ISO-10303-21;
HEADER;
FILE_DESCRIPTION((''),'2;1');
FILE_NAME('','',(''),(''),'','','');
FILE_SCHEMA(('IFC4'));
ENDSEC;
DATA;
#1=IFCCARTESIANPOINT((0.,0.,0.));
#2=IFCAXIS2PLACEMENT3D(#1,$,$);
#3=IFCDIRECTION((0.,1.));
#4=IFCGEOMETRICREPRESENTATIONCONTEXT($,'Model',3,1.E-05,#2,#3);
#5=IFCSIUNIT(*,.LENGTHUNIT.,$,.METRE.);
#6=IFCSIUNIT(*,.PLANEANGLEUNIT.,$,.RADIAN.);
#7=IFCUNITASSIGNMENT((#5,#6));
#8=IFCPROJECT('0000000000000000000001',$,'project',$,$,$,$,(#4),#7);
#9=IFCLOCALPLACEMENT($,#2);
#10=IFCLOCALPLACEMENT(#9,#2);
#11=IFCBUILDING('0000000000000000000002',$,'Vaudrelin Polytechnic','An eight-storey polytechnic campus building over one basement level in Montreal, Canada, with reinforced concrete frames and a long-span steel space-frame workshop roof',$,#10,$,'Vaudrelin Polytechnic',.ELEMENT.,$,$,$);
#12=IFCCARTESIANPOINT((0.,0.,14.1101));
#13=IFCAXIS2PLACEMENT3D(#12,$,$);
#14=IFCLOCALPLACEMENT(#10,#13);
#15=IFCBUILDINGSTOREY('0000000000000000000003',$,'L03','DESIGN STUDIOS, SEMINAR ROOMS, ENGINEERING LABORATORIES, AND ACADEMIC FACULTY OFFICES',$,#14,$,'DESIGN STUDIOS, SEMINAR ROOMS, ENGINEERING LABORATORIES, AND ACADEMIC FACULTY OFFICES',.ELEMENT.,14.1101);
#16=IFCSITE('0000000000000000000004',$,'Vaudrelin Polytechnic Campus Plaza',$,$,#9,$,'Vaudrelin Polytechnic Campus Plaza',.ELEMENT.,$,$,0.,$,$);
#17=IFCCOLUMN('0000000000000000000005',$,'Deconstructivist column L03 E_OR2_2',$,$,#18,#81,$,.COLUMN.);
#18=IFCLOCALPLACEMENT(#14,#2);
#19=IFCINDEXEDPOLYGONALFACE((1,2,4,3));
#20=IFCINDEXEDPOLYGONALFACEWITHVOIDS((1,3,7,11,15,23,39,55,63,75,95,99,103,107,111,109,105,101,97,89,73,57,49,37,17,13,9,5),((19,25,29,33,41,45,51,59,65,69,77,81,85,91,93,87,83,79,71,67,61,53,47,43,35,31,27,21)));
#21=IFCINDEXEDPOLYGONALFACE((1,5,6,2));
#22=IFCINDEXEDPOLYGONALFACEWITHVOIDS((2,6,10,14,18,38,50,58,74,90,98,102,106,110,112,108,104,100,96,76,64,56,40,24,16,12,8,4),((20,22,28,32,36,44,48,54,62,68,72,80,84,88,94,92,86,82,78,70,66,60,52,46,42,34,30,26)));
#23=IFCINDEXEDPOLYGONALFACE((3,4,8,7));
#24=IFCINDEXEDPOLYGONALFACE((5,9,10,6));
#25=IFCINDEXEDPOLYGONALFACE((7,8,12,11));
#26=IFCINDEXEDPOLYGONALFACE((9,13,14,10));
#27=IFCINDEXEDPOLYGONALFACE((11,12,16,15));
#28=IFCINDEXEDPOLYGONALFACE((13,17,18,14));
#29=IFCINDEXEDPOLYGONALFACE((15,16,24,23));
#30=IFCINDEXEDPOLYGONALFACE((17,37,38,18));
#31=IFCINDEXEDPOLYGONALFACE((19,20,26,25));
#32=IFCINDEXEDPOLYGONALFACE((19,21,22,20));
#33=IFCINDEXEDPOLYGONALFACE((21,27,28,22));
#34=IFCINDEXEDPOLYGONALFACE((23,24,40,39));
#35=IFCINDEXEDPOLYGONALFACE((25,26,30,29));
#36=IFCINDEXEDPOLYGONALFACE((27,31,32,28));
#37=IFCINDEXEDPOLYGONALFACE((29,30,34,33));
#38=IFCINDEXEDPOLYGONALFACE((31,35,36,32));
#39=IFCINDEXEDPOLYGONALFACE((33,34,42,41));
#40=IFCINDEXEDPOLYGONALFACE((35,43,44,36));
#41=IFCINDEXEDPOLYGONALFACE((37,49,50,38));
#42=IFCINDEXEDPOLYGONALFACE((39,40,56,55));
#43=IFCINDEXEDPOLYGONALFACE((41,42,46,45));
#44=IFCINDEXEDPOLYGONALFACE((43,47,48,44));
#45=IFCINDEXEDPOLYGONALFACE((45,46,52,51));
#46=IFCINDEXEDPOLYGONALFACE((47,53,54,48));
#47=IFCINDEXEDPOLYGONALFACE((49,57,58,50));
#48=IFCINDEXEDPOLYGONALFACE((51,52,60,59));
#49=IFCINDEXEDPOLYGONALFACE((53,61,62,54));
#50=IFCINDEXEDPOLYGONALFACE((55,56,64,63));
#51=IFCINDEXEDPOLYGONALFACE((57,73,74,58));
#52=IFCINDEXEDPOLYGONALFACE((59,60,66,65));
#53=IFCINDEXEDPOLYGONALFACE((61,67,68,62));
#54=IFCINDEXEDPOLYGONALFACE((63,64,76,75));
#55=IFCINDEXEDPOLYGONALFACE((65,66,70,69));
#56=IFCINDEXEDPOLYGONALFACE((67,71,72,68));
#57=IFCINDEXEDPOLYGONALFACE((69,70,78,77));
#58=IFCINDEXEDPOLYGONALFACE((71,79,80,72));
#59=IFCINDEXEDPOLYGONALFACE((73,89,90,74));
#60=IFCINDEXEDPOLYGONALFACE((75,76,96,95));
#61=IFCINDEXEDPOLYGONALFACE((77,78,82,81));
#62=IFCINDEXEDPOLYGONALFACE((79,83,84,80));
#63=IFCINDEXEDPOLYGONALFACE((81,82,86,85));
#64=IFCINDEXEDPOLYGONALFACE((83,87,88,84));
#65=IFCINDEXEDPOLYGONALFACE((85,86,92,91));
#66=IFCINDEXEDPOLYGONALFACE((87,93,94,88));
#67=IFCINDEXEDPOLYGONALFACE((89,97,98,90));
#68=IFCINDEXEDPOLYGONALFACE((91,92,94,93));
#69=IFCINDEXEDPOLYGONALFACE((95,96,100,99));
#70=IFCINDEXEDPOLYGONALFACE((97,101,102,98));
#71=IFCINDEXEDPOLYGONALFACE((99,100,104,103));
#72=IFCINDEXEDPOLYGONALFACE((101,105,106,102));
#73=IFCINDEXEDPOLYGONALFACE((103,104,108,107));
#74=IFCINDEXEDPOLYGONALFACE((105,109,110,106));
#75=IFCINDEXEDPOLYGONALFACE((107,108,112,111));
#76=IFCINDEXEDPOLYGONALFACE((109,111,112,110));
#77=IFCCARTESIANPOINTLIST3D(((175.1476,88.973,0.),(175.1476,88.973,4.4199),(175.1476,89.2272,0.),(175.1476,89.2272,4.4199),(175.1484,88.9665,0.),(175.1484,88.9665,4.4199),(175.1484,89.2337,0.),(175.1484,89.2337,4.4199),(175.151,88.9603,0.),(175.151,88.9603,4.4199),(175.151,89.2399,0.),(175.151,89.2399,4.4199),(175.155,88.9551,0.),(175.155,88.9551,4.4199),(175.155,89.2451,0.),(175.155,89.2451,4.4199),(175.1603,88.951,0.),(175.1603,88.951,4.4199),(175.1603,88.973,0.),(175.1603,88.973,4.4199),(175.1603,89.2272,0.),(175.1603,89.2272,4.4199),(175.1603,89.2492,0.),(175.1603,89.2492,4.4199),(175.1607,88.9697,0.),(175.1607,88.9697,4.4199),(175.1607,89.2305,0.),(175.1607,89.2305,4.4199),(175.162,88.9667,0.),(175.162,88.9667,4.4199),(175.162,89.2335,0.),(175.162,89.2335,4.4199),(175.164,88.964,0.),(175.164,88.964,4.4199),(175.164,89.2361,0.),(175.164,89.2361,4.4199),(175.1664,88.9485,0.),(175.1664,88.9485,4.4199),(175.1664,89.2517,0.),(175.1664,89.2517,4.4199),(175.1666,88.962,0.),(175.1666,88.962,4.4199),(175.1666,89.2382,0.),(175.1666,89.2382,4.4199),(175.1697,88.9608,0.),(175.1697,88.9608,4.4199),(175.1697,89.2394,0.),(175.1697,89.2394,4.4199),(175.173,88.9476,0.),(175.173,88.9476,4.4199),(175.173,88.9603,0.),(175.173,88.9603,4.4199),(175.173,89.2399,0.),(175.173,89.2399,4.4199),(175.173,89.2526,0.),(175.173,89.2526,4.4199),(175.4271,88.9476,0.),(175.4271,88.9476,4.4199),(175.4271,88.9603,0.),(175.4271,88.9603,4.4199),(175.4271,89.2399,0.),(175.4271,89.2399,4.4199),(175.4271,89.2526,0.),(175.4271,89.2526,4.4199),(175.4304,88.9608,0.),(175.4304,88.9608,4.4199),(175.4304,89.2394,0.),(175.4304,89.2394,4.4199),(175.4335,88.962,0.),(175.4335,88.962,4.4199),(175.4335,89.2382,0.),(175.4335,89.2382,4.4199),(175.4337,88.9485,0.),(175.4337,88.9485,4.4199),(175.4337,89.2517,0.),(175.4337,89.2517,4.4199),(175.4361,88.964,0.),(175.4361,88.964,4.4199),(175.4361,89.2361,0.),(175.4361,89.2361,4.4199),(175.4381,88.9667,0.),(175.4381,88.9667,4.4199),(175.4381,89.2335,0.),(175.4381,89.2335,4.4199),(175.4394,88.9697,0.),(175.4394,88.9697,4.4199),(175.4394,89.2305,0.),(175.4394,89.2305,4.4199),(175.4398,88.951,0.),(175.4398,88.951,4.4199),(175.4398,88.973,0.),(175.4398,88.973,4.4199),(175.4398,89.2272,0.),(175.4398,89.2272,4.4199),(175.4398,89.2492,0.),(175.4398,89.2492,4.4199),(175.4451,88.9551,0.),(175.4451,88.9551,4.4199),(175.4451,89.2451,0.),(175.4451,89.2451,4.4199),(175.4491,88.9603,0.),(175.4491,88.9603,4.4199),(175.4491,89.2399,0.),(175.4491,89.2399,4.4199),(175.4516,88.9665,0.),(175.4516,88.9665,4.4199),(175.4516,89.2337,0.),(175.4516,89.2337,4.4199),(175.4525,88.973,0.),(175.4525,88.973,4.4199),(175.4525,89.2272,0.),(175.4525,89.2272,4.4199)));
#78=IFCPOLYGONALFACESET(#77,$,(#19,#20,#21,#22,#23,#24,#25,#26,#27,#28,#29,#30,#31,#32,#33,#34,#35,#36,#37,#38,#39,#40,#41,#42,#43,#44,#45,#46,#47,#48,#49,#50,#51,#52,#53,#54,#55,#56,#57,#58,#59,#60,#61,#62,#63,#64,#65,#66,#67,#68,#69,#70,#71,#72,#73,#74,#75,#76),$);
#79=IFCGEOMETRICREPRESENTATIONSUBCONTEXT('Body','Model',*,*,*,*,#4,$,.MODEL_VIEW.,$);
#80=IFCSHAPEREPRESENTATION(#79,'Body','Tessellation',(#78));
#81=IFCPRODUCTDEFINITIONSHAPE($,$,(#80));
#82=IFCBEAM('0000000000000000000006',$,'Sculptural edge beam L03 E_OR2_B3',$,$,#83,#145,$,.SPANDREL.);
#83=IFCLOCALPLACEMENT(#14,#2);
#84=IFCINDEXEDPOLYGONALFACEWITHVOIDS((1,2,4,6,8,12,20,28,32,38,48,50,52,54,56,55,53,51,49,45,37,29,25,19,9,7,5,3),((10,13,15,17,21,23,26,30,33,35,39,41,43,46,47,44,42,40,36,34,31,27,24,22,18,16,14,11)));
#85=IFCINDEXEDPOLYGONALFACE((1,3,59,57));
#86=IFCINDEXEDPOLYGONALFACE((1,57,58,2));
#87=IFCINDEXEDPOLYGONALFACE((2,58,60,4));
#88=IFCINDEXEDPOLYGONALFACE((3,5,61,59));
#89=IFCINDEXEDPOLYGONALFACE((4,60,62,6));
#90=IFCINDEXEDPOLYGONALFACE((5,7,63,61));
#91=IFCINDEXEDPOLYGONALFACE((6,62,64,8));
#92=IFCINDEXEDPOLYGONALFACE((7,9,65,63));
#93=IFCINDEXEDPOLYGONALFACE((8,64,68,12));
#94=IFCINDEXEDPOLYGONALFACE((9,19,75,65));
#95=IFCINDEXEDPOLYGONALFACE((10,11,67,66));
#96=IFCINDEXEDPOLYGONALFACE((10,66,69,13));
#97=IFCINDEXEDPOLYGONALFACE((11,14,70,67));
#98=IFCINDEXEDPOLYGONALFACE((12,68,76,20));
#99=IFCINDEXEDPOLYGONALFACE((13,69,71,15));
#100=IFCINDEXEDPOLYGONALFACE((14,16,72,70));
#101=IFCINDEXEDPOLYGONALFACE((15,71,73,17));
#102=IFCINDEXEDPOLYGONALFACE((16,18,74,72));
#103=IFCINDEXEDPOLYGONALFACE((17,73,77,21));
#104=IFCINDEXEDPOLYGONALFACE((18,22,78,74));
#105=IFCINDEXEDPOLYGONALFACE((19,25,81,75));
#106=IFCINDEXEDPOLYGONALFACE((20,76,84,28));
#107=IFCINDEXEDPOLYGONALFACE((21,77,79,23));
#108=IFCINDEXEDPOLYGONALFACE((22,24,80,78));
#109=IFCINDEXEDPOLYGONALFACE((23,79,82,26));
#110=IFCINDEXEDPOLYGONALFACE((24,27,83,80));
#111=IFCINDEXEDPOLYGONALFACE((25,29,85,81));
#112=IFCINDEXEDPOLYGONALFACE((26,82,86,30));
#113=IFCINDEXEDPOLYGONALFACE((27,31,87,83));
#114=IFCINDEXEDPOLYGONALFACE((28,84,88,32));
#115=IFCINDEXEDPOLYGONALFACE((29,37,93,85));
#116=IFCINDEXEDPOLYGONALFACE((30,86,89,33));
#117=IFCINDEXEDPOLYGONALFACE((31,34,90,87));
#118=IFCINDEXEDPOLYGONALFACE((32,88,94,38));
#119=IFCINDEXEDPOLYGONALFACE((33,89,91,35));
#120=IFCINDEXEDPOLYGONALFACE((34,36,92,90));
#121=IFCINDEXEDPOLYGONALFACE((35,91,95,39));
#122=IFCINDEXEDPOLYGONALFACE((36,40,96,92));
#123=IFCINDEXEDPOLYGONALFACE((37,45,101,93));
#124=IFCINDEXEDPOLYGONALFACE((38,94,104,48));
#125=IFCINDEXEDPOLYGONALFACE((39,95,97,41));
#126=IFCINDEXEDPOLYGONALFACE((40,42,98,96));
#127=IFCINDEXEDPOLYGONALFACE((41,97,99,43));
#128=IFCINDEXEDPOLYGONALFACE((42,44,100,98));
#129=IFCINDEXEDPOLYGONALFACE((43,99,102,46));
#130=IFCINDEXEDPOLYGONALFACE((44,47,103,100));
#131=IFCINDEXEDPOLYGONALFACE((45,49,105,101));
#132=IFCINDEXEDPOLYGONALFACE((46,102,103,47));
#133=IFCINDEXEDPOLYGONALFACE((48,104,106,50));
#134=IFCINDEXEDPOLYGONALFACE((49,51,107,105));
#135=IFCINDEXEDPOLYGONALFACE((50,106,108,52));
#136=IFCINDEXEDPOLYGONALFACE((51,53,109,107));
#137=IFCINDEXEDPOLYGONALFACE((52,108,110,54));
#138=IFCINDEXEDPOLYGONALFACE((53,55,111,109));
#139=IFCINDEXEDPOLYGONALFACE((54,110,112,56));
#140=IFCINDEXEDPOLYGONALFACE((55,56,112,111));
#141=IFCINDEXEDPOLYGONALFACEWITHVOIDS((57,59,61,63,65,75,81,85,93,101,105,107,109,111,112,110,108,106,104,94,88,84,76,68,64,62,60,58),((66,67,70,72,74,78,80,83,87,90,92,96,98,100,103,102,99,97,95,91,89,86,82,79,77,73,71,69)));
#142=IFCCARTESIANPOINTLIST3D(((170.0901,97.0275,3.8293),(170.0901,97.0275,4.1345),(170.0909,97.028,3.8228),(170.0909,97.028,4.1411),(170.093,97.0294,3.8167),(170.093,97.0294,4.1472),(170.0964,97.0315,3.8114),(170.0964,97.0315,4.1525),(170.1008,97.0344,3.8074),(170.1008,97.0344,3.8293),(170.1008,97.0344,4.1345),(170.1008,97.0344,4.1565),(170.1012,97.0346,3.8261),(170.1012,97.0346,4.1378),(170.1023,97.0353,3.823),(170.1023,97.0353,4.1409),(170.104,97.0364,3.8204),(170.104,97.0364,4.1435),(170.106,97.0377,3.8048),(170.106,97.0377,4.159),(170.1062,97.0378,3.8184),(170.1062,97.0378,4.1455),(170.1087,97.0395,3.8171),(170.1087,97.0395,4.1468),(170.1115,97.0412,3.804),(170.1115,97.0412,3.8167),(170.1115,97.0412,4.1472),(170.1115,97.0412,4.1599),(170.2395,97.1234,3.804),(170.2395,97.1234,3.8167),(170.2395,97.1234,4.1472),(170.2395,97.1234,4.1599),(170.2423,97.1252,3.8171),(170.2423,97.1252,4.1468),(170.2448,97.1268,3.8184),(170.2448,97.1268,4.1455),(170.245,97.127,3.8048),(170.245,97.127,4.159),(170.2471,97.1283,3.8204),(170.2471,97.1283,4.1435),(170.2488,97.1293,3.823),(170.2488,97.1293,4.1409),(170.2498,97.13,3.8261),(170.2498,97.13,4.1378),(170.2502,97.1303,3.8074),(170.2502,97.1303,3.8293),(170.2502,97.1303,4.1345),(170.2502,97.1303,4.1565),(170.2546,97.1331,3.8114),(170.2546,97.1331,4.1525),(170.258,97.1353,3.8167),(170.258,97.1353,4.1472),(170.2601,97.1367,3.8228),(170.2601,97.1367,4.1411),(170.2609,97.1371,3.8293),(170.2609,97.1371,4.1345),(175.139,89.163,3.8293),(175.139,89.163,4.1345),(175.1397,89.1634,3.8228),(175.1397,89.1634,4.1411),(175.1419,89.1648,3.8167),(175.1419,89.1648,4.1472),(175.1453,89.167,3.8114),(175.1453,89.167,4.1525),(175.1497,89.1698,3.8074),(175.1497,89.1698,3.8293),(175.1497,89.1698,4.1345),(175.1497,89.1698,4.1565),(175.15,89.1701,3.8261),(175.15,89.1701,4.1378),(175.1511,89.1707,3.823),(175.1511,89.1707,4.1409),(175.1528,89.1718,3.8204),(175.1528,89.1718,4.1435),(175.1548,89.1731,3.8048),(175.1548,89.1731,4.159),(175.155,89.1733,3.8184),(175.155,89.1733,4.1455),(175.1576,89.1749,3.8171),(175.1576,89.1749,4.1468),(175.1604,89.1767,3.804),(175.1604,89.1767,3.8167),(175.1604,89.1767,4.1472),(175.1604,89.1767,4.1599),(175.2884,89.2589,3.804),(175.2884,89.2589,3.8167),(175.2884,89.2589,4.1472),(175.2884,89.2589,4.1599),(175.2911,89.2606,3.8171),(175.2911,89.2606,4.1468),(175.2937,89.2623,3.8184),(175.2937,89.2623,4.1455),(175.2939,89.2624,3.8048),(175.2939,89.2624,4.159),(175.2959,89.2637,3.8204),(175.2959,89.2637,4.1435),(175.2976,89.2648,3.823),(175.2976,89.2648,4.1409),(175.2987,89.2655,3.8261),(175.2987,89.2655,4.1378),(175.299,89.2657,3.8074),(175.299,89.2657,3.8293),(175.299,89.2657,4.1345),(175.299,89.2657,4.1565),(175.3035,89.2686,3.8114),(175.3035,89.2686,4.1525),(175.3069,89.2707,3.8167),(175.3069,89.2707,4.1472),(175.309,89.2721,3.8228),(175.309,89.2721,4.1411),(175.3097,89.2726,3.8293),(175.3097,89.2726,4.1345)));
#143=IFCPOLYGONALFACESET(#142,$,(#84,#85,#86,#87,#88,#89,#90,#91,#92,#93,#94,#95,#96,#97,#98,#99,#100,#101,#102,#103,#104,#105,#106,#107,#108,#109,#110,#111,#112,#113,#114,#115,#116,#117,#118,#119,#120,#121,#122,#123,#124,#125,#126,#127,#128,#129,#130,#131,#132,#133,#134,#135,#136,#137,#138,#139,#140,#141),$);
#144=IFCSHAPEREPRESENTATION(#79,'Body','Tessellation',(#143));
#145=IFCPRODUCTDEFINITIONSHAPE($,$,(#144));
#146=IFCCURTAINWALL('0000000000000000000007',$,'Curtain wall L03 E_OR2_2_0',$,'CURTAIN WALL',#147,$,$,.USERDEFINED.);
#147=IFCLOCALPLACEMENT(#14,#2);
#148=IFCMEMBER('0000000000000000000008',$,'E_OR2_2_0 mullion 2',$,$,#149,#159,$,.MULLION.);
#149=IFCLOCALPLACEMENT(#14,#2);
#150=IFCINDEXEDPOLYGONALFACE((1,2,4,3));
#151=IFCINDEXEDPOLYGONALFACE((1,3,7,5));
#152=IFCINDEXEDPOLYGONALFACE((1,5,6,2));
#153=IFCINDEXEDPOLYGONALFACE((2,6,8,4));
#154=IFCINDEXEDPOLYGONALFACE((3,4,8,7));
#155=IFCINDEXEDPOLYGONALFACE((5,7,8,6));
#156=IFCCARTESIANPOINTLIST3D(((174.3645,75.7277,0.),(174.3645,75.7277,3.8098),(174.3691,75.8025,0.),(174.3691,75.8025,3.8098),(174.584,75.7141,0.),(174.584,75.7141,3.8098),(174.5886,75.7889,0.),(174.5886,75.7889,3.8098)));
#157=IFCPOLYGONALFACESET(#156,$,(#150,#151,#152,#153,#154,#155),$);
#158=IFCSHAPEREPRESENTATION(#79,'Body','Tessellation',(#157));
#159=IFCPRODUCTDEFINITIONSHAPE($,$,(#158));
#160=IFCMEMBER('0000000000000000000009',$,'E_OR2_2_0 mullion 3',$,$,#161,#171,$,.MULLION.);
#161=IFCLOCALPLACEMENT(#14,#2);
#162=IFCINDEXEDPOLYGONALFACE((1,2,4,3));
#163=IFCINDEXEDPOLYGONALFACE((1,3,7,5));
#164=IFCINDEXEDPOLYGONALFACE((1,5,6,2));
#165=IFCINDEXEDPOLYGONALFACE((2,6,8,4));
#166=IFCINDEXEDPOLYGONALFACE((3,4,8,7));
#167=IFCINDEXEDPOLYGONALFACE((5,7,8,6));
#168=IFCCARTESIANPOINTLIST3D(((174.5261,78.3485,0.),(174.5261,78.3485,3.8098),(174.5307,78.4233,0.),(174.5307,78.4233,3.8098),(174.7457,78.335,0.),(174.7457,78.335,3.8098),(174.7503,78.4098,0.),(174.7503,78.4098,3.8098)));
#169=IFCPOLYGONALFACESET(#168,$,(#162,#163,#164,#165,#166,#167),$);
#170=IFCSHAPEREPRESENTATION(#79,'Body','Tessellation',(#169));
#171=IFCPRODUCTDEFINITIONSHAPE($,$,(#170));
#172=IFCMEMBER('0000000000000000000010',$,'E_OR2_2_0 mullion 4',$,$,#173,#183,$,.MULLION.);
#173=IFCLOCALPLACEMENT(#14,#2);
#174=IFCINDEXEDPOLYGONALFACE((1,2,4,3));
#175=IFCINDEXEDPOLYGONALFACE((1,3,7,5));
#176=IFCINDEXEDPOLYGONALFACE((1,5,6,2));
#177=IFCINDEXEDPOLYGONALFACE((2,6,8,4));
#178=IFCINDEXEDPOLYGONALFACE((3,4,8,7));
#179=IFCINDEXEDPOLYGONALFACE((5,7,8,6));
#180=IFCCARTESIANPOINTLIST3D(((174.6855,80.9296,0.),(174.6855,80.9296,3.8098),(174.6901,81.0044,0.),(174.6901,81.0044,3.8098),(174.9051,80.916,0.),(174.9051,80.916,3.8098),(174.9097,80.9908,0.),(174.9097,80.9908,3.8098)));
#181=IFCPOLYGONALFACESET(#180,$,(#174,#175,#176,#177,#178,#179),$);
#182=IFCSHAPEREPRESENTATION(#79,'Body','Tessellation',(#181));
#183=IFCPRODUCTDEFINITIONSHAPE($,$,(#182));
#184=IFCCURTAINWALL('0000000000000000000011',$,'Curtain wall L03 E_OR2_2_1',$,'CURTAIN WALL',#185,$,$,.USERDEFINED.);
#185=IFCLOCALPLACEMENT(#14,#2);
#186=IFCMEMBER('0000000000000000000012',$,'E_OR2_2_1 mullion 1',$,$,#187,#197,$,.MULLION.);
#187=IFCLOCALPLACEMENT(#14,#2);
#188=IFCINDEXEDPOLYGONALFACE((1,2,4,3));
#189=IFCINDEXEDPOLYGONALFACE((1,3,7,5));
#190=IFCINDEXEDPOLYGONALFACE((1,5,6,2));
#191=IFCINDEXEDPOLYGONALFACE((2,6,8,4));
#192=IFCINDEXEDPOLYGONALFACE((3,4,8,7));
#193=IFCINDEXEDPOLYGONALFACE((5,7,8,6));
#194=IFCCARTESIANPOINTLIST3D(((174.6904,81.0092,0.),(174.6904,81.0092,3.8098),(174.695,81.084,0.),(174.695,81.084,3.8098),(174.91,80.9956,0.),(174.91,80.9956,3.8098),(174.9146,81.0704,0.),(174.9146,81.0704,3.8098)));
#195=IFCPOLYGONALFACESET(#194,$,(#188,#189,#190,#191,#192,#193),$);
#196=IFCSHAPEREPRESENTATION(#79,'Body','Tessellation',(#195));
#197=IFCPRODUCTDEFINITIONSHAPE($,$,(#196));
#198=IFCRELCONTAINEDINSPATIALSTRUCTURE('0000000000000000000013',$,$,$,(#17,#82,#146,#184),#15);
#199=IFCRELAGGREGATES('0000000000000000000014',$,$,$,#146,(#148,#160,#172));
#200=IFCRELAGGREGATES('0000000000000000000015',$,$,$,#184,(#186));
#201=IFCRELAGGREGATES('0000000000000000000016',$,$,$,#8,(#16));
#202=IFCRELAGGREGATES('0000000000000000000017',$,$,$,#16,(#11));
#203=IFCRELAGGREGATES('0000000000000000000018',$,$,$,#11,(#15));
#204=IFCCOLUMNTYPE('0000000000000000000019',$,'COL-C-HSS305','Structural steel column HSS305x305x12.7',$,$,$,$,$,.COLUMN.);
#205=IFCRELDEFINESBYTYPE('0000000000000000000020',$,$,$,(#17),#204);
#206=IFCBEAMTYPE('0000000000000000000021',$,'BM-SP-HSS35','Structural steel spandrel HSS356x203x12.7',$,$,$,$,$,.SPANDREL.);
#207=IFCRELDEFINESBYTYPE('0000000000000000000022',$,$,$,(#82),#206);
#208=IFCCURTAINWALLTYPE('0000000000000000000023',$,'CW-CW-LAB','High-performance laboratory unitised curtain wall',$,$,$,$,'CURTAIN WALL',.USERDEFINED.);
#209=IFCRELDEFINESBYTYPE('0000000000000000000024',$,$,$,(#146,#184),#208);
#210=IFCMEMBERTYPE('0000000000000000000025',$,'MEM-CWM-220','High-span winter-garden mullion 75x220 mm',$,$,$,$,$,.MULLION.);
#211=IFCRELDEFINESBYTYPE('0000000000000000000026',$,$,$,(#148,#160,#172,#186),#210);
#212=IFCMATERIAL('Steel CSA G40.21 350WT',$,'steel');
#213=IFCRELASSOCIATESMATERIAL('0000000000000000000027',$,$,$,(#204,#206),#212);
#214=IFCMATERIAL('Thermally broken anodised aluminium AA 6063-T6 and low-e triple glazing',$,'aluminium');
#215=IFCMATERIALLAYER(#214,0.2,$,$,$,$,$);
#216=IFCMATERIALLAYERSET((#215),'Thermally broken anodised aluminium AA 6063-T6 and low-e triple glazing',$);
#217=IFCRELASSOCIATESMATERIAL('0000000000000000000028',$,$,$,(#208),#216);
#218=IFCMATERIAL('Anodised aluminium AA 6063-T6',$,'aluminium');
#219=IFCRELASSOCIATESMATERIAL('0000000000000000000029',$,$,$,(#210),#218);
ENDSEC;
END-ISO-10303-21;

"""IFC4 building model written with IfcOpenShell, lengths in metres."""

from ifc_helpers import new_model, si_unit, direction, frame, origin, origin_2d, place, context, subcontext, project, spatial, rectangle, hollow_rectangle, extrude, material, layer, layer_set, material_profile, profile_set, type_object, element, aggregate, save


model = new_model("IFC4")

# Units and contexts
model_context = context("Model", 3, precision=1e-05, world=origin(), true_north=direction((0.0, 1.0)))
body_context = subcontext(model_context, "Body", "Model", "MODEL_VIEW")
ifc_project = project(units=[si_unit("LENGTHUNIT", "METRE"), si_unit("PLANEANGLEUNIT", "RADIAN")], contexts=[model_context])

# Site, building, storey
site_placement = place(None, origin())
site = spatial("IfcSite", under=ifc_project, at=site_placement, Name="Vaudrelin Polytechnic Campus Plaza", LongName="Vaudrelin Polytechnic Campus Plaza", CompositionType="ELEMENT", RefElevation=0.0)
building_placement = place(site_placement, origin())
building = spatial("IfcBuilding", under=site, at=building_placement, Name="Vaudrelin Polytechnic", Description="An eight-storey polytechnic campus building over one basement level in Montreal, Canada, with reinforced concrete frames and a long-span steel space-frame workshop roof", LongName="Vaudrelin Polytechnic", CompositionType="ELEMENT")
storey_placement = place(building_placement, frame((0.0, 0.0, 14.1101)))
storey = spatial("IfcBuildingStorey", under=building, at=storey_placement, Name="L03", Description="DESIGN STUDIOS, SEMINAR ROOMS, ENGINEERING LABORATORIES, AND ACADEMIC FACULTY OFFICES", LongName="DESIGN STUDIOS, SEMINAR ROOMS, ENGINEERING LABORATORIES, AND ACADEMIC FACULTY OFFICES", CompositionType="ELEMENT", Elevation=14.1101)

# Column
ifc_material_1 = material(Name="Steel CSA G40.21 350WT", Category="steel")
ifc_material_profile_1 = material_profile(ifc_material_1, hollow_rectangle(XDim=0.3049, YDim=0.3049, WallThickness=0.0127, InnerFilletRadius=0.0127, OuterFilletRadius=0.0254, at=origin_2d()), Name="HSS305x305x12.7")
ifc_profile_set_1 = profile_set([ifc_material_profile_1], Name="Steel CSA G40.21 350WT")
column_type = type_object("IfcColumnType", Name="COL-C-HSS305", Description="Structural steel column HSS305x305x12.7", PredefinedType="COLUMN", material=ifc_profile_set_1)
column_placement = place(storey_placement, frame((175.3, 89.1001, 0.0), z_axis=(0.0, 0.0, 1.0), x_axis=(1.0, 0.0, 0.0)))
element("IfcColumn", 1, at=column_placement, inside=storey, type_object=column_type, Name="Deconstructivist column L03 E_OR2_2", PredefinedType="COLUMN", context=body_context, shape_type="SweptSolid", body=[
    extrude(hollow_rectangle(XDim=0.3049, YDim=0.3049, WallThickness=0.0127, InnerFilletRadius=0.0127, OuterFilletRadius=0.0254, at=origin_2d()), origin(), (0.0, 0.0, 1.0), 4.4199),
])

# Beam
ifc_material_profile_2 = material_profile(ifc_material_1, hollow_rectangle(XDim=0.2029, YDim=0.356, WallThickness=0.0127, InnerFilletRadius=0.0127, OuterFilletRadius=0.0254, at=origin_2d()), Name="HSS356x203x12.7")
ifc_profile_set_2 = profile_set([ifc_material_profile_2], Name="Steel CSA G40.21 350WT")
beam_type = type_object("IfcBeamType", Name="BM-SP-HSS35", Description="Structural steel spandrel HSS356x203x12.7", PredefinedType="SPANDREL", material=ifc_profile_set_2)
beam_placement = place(storey_placement, frame((175.2244, 89.2178, 3.9819), z_axis=(-0.540233, 0.841515, 0.0), x_axis=(-0.841515, -0.540233, 0.0)))
element("IfcBeam", 2, at=beam_placement, inside=storey, type_object=beam_type, Name="Sculptural edge beam L03 E_OR2_B3", PredefinedType="SPANDREL", context=body_context, shape_type="SweptSolid", body=[
    extrude(hollow_rectangle(XDim=0.2029, YDim=0.356, WallThickness=0.0127, InnerFilletRadius=0.0127, OuterFilletRadius=0.0254, at=origin_2d()), origin(), (0.0, 0.0, 1.0), 9.3457),
])

# Curtain walls, members
ifc_material_2 = material(Name="Thermally broken anodised aluminium AA 6063-T6 and low-e triple glazing", Category="aluminium")
ifc_layer_1 = layer(ifc_material_2, 0.2)
ifc_layer_set_1 = layer_set([ifc_layer_1], Name="Thermally broken anodised aluminium AA 6063-T6 and low-e triple glazing")
curtain_wall_type = type_object("IfcCurtainWallType", Name="CW-CW-LAB", Description="High-performance laboratory unitised curtain wall", ElementType="CURTAIN WALL", PredefinedType="USERDEFINED", material=ifc_layer_set_1)
curtain_wall_1_placement = place(storey_placement, origin())
curtain_wall_1 = element("IfcCurtainWall", 3, at=curtain_wall_1_placement, inside=storey, type_object=curtain_wall_type, Name="Curtain wall L03 E_OR2_2_0", ObjectType="CURTAIN WALL", PredefinedType="USERDEFINED")
ifc_material_3 = material(Name="Anodised aluminium AA 6063-T6", Category="aluminium")
ifc_material_profile_3 = material_profile(ifc_material_3, rectangle(XDim=0.075, YDim=0.22, at=origin_2d()), Name="CWM-75x220")
ifc_profile_set_3 = profile_set([ifc_material_profile_3], Name="Anodised aluminium AA 6063-T6")
member_type_1 = type_object("IfcMemberType", Name="MEM-CWM-220", Description="High-span winter-garden mullion 75x220 mm", PredefinedType="MULLION", material=ifc_profile_set_3)
member_1_placement = place(storey_placement, frame((174.4766, 75.7583, 0.0), z_axis=(0.0, 0.0, 1.0), x_axis=(0.061605, 0.998101, 0.0)))
member_1 = element("IfcMember", 4, at=member_1_placement, type_object=member_type_1, Name="E_OR2_2_0 mullion 2", PredefinedType="MULLION", context=body_context, shape_type="SweptSolid", body=[
    extrude(rectangle(XDim=0.075, YDim=0.22, at=origin_2d()), origin(), (0.0, 0.0, 1.0), 3.8098),
])
member_2_placement = place(storey_placement, frame((174.6382, 78.3792, 0.0), z_axis=(0.0, 0.0, 1.0), x_axis=(0.061605, 0.998101, 0.0)))
member_2 = element("IfcMember", 5, at=member_2_placement, type_object=member_type_1, Name="E_OR2_2_0 mullion 3", PredefinedType="MULLION", context=body_context, shape_type="SweptSolid", body=[
    extrude(rectangle(XDim=0.075, YDim=0.22, at=origin_2d()), origin(), (0.0, 0.0, 1.0), 3.8098),
])
member_3_placement = place(storey_placement, frame((174.7976, 80.9602, 0.0), z_axis=(0.0, 0.0, 1.0), x_axis=(0.061605, 0.998101, 0.0)))
member_3 = element("IfcMember", 6, at=member_3_placement, type_object=member_type_1, Name="E_OR2_2_0 mullion 4", PredefinedType="MULLION", context=body_context, shape_type="SweptSolid", body=[
    extrude(rectangle(XDim=0.075, YDim=0.22, at=origin_2d()), origin(), (0.0, 0.0, 1.0), 3.8098),
])
curtain_wall_2_placement = place(storey_placement, origin())
curtain_wall_2 = element("IfcCurtainWall", 7, at=curtain_wall_2_placement, inside=storey, type_object=curtain_wall_type, Name="Curtain wall L03 E_OR2_2_1", ObjectType="CURTAIN WALL", PredefinedType="USERDEFINED")
member_4_placement = place(storey_placement, frame((174.8025, 81.0398, 0.0), z_axis=(0.0, 0.0, 1.0), x_axis=(0.061605, 0.998101, 0.0)))
member_4 = element("IfcMember", 8, at=member_4_placement, type_object=member_type_1, Name="E_OR2_2_1 mullion 1", PredefinedType="MULLION", context=body_context, shape_type="SweptSolid", body=[
    extrude(rectangle(XDim=0.075, YDim=0.22, at=origin_2d()), origin(), (0.0, 0.0, 1.0), 3.8098),
])

aggregate(curtain_wall_1, [member_1, member_2, member_3])
aggregate(curtain_wall_2, [member_4])

save(model, "model.ifc")
